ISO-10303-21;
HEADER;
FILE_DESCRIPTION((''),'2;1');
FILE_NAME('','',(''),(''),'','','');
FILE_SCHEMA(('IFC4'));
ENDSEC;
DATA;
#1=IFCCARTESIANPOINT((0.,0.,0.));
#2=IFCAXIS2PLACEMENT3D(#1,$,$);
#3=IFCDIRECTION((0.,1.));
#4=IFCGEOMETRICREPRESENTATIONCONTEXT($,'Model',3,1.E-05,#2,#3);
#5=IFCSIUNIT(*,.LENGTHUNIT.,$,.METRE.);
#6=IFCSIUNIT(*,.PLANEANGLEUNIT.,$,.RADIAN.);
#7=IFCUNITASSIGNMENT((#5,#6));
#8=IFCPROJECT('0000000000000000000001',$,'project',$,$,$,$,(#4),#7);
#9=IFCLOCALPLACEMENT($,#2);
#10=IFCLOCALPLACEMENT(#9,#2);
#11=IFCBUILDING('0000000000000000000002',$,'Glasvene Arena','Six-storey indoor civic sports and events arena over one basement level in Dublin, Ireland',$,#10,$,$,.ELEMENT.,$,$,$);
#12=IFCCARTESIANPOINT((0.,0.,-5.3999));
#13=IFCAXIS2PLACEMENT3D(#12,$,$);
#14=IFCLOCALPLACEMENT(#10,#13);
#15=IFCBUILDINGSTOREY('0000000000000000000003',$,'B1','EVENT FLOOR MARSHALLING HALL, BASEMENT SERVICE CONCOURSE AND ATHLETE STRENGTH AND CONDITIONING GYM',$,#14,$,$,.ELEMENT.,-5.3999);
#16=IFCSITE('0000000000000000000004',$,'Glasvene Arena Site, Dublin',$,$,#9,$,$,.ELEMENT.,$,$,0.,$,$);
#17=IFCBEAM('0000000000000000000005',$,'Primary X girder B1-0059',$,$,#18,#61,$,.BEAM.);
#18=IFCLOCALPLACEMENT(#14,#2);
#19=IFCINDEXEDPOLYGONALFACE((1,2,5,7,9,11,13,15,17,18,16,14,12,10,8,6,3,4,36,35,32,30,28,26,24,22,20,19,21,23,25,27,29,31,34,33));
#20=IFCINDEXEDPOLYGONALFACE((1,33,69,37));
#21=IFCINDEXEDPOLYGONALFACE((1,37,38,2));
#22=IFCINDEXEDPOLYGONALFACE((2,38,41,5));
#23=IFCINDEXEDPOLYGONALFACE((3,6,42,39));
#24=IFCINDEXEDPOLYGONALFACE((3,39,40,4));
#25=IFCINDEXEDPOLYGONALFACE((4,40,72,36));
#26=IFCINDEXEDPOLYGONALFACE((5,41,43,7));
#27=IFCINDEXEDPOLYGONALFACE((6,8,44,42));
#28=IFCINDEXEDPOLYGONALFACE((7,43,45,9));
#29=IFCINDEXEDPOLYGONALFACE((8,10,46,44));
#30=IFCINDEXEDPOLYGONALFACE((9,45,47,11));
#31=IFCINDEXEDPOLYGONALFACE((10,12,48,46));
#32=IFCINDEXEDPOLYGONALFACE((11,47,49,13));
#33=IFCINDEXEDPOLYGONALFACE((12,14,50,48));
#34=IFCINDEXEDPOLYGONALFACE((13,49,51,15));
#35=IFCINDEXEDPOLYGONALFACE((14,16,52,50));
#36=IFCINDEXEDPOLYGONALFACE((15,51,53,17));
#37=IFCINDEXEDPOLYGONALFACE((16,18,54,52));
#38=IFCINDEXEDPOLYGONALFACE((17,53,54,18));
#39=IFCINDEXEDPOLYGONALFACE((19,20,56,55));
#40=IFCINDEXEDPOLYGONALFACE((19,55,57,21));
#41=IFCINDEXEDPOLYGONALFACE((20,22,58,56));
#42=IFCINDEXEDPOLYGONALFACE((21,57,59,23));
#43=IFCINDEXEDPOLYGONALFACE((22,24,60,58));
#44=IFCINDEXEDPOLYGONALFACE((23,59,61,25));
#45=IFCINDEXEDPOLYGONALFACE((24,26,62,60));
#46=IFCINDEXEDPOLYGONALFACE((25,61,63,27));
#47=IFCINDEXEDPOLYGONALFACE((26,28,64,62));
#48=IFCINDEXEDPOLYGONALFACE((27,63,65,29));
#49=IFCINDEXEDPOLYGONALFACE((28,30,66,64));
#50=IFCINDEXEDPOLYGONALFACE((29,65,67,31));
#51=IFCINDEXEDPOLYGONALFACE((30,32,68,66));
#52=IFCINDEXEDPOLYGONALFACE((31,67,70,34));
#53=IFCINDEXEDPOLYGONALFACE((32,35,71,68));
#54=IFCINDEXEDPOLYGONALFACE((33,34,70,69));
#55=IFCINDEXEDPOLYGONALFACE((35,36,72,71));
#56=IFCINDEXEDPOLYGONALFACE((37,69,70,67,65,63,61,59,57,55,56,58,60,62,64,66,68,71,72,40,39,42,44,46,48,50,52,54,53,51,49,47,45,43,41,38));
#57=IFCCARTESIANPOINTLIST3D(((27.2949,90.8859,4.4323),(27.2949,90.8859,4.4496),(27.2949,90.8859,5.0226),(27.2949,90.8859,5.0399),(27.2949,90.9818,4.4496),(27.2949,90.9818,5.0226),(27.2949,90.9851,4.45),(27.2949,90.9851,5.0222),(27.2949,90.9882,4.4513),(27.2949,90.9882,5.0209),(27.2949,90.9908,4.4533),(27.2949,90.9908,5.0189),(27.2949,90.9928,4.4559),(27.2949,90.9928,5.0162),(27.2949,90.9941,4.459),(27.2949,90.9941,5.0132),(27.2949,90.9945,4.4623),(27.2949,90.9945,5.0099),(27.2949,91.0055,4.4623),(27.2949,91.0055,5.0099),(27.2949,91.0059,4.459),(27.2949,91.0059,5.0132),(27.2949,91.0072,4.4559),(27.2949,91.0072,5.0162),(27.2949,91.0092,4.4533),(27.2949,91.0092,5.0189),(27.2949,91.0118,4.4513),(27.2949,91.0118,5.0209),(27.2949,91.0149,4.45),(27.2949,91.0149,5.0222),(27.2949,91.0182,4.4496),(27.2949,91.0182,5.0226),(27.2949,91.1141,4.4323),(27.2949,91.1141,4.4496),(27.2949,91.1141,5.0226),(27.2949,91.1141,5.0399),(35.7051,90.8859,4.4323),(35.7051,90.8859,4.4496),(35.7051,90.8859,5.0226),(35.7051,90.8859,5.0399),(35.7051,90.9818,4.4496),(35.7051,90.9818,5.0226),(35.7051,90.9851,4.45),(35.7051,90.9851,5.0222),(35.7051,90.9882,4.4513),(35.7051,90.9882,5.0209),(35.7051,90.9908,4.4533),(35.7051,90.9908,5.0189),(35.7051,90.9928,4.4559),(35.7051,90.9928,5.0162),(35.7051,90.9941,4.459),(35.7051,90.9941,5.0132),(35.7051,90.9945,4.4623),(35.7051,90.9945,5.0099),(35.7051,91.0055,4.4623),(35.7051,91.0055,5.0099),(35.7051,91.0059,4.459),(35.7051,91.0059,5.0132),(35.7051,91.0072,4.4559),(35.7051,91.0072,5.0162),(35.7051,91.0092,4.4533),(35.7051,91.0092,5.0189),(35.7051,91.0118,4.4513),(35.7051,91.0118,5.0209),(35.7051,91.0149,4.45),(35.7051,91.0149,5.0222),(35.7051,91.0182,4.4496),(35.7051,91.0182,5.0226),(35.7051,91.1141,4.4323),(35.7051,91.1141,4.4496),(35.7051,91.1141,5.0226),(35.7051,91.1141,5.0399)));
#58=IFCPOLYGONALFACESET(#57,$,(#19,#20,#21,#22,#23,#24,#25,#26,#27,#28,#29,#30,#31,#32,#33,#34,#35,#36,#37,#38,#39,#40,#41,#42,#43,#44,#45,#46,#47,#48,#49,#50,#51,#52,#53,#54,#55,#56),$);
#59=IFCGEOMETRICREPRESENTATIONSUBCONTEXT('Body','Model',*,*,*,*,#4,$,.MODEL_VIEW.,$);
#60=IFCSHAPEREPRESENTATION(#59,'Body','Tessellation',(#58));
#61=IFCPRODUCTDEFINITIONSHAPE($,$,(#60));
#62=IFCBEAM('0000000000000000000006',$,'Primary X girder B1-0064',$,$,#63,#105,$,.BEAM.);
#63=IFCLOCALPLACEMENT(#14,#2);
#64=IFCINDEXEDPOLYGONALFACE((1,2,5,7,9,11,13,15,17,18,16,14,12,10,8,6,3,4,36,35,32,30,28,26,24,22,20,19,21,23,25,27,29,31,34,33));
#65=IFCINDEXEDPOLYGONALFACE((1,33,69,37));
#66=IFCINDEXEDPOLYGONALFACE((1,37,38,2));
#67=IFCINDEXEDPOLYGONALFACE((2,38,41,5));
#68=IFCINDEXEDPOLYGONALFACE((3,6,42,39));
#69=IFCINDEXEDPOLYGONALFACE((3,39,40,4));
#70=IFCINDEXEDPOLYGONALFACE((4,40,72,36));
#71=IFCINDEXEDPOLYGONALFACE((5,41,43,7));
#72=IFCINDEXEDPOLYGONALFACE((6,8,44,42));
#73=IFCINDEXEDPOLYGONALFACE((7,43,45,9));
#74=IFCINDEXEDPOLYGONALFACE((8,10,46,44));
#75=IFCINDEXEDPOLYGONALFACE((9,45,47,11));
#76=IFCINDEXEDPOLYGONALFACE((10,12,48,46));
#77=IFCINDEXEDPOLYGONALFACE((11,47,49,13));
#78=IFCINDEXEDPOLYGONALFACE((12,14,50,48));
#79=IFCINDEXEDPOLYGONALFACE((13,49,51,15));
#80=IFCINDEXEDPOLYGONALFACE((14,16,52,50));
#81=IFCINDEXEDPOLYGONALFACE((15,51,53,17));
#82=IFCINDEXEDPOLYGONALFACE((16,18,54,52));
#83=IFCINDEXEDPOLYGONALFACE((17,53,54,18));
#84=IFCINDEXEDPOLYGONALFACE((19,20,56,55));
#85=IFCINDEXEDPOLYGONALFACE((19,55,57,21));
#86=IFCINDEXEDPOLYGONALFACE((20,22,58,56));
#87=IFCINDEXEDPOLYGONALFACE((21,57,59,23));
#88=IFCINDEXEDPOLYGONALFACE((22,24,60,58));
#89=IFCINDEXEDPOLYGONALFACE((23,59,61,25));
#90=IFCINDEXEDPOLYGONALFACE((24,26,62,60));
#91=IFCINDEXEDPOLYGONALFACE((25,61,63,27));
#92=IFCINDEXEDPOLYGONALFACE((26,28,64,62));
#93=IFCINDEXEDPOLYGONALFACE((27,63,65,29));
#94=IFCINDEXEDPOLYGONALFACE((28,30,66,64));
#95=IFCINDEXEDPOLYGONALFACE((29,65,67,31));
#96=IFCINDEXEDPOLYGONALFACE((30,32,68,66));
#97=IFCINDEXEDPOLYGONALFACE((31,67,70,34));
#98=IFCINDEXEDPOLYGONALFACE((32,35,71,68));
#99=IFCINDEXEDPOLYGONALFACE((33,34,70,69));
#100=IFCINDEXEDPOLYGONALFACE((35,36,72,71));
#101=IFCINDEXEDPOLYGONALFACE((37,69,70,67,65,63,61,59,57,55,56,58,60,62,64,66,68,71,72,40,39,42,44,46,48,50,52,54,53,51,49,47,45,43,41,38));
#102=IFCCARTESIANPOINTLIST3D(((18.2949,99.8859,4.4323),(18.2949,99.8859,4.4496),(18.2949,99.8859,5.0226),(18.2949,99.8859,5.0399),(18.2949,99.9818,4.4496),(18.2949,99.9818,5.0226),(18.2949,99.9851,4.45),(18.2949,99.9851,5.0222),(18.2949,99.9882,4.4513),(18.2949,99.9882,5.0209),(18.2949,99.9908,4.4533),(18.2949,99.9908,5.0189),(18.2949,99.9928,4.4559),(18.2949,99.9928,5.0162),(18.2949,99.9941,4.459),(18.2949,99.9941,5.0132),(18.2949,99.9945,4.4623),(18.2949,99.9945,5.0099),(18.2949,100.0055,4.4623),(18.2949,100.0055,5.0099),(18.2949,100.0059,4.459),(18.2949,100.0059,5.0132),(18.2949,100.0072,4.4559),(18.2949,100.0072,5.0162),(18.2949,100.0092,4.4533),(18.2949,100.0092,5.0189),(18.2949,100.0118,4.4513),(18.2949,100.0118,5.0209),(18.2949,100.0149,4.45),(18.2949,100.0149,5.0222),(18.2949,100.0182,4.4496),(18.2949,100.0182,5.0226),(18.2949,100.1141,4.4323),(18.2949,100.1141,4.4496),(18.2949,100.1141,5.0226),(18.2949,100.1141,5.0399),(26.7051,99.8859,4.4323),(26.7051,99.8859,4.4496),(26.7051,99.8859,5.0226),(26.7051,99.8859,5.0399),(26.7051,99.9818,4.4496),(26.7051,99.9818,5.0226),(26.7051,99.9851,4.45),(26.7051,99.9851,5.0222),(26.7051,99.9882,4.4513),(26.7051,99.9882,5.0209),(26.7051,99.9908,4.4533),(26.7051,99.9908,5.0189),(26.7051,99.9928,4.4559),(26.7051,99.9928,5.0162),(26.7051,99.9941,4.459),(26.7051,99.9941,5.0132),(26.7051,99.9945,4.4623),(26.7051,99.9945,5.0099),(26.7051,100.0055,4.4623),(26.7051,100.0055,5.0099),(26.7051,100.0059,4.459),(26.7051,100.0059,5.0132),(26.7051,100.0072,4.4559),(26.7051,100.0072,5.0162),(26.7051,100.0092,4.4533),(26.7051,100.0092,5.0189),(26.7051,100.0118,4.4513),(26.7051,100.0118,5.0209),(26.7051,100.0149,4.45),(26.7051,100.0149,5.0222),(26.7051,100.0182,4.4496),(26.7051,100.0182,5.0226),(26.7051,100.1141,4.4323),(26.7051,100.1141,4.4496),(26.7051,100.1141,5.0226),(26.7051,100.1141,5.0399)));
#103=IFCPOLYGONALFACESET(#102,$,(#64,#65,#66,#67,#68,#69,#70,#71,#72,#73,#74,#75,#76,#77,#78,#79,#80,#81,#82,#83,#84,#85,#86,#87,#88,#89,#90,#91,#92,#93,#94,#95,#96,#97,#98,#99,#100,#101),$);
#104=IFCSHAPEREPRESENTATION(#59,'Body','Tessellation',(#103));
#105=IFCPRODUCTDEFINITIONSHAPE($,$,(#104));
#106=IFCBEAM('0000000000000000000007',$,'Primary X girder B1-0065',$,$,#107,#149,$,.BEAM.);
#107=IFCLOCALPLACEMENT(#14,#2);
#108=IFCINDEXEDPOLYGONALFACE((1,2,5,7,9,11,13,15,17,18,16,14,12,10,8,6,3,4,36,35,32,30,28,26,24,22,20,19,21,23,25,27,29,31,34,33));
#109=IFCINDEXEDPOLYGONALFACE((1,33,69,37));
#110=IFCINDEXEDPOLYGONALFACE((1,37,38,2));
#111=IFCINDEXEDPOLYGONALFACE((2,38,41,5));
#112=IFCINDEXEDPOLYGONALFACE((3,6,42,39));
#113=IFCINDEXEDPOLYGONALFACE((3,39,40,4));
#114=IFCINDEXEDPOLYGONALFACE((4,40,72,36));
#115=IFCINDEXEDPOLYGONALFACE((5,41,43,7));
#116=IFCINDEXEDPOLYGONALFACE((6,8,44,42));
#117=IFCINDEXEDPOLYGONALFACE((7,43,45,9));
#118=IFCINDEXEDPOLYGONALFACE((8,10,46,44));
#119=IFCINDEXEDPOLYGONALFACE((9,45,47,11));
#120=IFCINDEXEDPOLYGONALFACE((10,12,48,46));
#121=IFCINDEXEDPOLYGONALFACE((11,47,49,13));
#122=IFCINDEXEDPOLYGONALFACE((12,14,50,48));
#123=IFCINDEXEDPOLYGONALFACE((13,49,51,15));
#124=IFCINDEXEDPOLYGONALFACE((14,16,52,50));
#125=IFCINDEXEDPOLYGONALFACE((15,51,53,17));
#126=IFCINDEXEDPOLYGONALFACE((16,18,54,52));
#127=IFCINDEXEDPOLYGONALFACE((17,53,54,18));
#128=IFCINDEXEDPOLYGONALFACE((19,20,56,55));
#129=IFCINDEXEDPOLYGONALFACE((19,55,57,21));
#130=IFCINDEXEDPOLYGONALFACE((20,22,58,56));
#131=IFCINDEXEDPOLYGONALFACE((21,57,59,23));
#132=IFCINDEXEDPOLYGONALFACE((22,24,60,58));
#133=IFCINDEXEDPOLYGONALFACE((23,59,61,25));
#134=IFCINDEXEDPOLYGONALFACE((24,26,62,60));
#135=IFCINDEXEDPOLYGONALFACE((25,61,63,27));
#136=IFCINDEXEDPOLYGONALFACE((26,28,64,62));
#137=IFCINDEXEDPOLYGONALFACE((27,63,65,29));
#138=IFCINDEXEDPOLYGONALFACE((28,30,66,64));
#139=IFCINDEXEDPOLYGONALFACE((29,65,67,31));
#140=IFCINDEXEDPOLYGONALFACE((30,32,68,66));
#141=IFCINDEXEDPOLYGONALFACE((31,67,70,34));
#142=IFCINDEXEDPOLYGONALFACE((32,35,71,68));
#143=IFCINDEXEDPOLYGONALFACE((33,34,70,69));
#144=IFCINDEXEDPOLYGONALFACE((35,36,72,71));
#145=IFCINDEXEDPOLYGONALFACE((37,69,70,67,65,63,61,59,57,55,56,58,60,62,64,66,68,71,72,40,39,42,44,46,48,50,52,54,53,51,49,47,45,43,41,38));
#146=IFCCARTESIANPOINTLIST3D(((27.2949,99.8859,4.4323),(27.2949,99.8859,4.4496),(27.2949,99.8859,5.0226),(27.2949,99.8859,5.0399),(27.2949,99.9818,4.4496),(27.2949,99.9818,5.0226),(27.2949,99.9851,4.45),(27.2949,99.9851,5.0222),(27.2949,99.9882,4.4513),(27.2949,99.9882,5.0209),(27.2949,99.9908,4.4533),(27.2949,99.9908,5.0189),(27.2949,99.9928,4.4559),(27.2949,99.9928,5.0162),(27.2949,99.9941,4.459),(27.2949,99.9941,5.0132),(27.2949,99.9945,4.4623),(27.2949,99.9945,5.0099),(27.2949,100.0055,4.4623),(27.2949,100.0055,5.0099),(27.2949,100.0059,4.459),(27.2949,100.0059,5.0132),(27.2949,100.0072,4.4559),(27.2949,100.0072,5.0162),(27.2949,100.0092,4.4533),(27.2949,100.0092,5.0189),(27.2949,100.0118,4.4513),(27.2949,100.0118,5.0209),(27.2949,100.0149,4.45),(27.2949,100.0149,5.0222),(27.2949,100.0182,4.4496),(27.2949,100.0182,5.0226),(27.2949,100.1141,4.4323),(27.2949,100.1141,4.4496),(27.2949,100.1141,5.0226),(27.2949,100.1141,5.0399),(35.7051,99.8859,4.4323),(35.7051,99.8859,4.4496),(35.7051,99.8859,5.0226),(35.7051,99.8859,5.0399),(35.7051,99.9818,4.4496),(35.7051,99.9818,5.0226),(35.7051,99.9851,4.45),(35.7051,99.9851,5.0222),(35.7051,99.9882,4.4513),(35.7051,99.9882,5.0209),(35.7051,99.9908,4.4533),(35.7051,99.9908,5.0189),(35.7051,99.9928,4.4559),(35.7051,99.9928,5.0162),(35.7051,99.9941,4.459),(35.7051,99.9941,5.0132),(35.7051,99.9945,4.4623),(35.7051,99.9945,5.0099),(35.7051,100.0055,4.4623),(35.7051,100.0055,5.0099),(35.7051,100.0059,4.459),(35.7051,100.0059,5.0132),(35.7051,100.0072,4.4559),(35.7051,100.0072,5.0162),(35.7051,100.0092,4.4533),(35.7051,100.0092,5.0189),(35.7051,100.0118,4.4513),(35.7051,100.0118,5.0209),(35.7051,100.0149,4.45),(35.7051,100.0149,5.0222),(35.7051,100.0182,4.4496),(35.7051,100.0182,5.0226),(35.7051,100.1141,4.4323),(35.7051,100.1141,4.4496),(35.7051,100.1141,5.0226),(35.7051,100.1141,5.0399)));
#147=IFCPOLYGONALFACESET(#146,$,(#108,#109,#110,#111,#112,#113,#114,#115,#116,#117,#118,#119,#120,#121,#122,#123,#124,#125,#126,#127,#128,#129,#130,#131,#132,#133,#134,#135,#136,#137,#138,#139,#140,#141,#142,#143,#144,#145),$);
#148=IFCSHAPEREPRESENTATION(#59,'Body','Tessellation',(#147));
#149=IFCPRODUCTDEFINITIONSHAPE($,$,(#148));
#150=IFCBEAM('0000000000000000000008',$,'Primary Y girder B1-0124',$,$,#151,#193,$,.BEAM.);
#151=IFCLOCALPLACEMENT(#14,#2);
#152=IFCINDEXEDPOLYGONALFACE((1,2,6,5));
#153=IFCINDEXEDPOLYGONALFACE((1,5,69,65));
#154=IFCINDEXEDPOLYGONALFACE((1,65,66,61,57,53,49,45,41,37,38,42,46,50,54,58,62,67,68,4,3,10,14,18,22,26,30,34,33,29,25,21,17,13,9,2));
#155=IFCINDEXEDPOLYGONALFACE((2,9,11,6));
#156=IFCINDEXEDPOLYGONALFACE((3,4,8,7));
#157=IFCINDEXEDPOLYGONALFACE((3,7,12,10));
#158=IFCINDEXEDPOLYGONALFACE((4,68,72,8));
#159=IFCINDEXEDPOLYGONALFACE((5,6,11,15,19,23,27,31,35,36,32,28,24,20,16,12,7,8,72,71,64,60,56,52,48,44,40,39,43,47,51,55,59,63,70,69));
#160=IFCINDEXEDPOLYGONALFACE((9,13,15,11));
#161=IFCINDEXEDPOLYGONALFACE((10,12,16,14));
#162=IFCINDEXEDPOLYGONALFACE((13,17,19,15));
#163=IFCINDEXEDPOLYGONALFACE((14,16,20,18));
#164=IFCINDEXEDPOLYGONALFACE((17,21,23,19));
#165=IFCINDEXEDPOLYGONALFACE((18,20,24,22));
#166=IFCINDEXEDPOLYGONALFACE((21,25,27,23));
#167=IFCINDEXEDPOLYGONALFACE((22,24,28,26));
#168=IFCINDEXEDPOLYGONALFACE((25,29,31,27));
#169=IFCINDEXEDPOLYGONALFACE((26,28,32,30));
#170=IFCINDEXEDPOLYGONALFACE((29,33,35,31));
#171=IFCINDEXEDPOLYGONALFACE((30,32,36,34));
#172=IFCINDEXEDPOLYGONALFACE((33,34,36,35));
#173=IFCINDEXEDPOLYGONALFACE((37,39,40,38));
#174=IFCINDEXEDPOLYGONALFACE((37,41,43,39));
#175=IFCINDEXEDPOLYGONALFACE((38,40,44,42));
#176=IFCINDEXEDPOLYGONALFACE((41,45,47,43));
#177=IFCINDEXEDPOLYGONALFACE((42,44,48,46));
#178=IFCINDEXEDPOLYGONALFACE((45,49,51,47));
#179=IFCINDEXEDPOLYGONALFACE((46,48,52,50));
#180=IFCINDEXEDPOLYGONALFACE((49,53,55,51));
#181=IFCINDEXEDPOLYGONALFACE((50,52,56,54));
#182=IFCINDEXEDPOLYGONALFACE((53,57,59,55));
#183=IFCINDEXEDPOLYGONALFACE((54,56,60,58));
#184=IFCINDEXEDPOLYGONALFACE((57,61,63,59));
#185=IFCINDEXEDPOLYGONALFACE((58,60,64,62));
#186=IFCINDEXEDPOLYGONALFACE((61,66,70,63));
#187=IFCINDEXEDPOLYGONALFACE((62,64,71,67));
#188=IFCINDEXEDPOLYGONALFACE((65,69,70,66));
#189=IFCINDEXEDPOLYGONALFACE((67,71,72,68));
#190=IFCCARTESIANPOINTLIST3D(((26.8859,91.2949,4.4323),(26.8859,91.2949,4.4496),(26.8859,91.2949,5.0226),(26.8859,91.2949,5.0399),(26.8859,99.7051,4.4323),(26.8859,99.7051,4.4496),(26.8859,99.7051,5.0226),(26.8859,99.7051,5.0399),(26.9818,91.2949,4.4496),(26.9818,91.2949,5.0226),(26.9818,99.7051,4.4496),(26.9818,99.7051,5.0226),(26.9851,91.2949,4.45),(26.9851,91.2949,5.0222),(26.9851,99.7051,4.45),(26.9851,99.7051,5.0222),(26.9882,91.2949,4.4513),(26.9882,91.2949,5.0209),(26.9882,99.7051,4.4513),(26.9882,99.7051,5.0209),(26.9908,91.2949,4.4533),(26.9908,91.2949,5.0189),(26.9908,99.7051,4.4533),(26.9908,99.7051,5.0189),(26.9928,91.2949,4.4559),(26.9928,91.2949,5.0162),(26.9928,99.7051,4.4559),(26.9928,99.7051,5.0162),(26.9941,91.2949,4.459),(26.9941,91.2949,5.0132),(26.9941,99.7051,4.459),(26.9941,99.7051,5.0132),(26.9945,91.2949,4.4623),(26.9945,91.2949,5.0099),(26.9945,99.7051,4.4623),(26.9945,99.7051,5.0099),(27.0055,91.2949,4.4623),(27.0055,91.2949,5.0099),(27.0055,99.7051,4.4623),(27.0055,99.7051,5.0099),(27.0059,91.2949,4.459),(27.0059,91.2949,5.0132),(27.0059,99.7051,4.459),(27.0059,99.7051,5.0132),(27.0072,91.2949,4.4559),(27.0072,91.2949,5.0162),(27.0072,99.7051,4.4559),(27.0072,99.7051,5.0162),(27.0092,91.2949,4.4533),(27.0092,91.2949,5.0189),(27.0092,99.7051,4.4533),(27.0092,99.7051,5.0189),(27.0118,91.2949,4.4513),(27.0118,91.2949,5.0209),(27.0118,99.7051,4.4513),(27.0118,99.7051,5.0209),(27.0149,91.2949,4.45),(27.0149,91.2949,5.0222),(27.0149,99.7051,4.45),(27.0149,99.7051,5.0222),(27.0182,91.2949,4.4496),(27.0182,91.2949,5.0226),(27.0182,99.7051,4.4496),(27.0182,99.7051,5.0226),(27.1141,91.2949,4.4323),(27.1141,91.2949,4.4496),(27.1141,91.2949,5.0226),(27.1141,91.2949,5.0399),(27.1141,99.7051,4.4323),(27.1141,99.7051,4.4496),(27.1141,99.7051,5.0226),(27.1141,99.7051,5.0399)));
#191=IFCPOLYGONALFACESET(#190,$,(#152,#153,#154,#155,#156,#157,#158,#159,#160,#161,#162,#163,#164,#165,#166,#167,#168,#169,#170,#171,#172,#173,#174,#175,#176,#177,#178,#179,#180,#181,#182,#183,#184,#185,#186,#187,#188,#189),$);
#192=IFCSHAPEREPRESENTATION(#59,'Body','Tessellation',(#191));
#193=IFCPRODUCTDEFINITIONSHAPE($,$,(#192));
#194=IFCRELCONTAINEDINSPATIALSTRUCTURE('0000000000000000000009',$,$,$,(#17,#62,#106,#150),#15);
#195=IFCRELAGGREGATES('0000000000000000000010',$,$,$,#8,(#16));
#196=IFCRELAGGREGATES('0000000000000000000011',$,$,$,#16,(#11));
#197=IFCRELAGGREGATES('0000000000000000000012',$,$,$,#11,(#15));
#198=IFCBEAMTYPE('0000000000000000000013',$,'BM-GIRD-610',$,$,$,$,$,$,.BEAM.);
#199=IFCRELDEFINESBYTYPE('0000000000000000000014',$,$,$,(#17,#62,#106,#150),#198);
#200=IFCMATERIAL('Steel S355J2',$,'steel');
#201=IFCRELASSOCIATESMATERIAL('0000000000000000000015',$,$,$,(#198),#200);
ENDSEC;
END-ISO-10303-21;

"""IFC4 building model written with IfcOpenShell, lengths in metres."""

from ifc_helpers import new_model, si_unit, direction, frame, origin, origin_2d, place, context, subcontext, project, spatial, i_section, extrude, material, material_profile, profile_set, type_object, element, save


model = new_model("IFC4")

# Units and contexts
model_context = context("Model", 3, precision=1e-05, world=origin(), true_north=direction((0.0, 1.0)))
body_context = subcontext(model_context, "Body", "Model", "MODEL_VIEW")
ifc_project = project(units=[si_unit("LENGTHUNIT", "METRE"), si_unit("PLANEANGLEUNIT", "RADIAN")], contexts=[model_context])

# Site, building, storey
site_placement = place(None, origin())
site = spatial("IfcSite", under=ifc_project, at=site_placement, Name="Glasvene Arena Site, Dublin", CompositionType="ELEMENT", RefElevation=0.0)
building_placement = place(site_placement, origin())
building = spatial("IfcBuilding", under=site, at=building_placement, Name="Glasvene Arena", Description="Six-storey indoor civic sports and events arena over one basement level in Dublin, Ireland", CompositionType="ELEMENT")
storey_placement = place(building_placement, frame((0.0, 0.0, -5.3999)))
storey = spatial("IfcBuildingStorey", under=building, at=storey_placement, Name="B1", Description="EVENT FLOOR MARSHALLING HALL, BASEMENT SERVICE CONCOURSE AND ATHLETE STRENGTH AND CONDITIONING GYM", CompositionType="ELEMENT", Elevation=-5.3999)

# Beams
ifc_material_1 = material(Name="Steel S355J2", Category="steel")
ifc_material_profile_1 = material_profile(ifc_material_1, i_section(OverallWidth=0.2283, OverallDepth=0.6077, WebThickness=0.011, FlangeThickness=0.0173, FilletRadius=0.0127, at=origin_2d()), Name="UKB 610x229x113")
ifc_profile_set_1 = profile_set([ifc_material_profile_1], Name="Steel S355J2")
beam_type_1 = type_object("IfcBeamType", Name="BM-GIRD-610", PredefinedType="BEAM", material=ifc_profile_set_1)
for number, where, z_axis, x_axis, name in (
    (1, (27.2949, 91.0, 4.7361), (1.0, 0.0, 0.0), (0.0, 1.0, 0.0), "Primary X girder B1-0059"),
    (2, (18.2949, 100.0, 4.7361), (1.0, 0.0, 0.0), (0.0, 1.0, 0.0), "Primary X girder B1-0064"),
    (3, (27.2949, 100.0, 4.7361), (1.0, 0.0, 0.0), (0.0, 1.0, 0.0), "Primary X girder B1-0065"),
    (4, (27.0, 91.2949, 4.7361), (0.0, 1.0, 0.0), (-1.0, 0.0, 0.0), "Primary Y girder B1-0124"),
):
    element("IfcBeam", number, at=place(storey_placement, frame(where, z_axis=z_axis, x_axis=x_axis)), inside=storey, type_object=beam_type_1, Name=name, PredefinedType="BEAM", context=body_context, shape_type="SweptSolid", body=[
        extrude(i_section(OverallWidth=0.2283, OverallDepth=0.6077, WebThickness=0.011, FlangeThickness=0.0173, FilletRadius=0.0127, at=origin_2d()), origin(), (0.0, 0.0, 1.0), 8.4102),
    ])

save(model, "model.ifc")
